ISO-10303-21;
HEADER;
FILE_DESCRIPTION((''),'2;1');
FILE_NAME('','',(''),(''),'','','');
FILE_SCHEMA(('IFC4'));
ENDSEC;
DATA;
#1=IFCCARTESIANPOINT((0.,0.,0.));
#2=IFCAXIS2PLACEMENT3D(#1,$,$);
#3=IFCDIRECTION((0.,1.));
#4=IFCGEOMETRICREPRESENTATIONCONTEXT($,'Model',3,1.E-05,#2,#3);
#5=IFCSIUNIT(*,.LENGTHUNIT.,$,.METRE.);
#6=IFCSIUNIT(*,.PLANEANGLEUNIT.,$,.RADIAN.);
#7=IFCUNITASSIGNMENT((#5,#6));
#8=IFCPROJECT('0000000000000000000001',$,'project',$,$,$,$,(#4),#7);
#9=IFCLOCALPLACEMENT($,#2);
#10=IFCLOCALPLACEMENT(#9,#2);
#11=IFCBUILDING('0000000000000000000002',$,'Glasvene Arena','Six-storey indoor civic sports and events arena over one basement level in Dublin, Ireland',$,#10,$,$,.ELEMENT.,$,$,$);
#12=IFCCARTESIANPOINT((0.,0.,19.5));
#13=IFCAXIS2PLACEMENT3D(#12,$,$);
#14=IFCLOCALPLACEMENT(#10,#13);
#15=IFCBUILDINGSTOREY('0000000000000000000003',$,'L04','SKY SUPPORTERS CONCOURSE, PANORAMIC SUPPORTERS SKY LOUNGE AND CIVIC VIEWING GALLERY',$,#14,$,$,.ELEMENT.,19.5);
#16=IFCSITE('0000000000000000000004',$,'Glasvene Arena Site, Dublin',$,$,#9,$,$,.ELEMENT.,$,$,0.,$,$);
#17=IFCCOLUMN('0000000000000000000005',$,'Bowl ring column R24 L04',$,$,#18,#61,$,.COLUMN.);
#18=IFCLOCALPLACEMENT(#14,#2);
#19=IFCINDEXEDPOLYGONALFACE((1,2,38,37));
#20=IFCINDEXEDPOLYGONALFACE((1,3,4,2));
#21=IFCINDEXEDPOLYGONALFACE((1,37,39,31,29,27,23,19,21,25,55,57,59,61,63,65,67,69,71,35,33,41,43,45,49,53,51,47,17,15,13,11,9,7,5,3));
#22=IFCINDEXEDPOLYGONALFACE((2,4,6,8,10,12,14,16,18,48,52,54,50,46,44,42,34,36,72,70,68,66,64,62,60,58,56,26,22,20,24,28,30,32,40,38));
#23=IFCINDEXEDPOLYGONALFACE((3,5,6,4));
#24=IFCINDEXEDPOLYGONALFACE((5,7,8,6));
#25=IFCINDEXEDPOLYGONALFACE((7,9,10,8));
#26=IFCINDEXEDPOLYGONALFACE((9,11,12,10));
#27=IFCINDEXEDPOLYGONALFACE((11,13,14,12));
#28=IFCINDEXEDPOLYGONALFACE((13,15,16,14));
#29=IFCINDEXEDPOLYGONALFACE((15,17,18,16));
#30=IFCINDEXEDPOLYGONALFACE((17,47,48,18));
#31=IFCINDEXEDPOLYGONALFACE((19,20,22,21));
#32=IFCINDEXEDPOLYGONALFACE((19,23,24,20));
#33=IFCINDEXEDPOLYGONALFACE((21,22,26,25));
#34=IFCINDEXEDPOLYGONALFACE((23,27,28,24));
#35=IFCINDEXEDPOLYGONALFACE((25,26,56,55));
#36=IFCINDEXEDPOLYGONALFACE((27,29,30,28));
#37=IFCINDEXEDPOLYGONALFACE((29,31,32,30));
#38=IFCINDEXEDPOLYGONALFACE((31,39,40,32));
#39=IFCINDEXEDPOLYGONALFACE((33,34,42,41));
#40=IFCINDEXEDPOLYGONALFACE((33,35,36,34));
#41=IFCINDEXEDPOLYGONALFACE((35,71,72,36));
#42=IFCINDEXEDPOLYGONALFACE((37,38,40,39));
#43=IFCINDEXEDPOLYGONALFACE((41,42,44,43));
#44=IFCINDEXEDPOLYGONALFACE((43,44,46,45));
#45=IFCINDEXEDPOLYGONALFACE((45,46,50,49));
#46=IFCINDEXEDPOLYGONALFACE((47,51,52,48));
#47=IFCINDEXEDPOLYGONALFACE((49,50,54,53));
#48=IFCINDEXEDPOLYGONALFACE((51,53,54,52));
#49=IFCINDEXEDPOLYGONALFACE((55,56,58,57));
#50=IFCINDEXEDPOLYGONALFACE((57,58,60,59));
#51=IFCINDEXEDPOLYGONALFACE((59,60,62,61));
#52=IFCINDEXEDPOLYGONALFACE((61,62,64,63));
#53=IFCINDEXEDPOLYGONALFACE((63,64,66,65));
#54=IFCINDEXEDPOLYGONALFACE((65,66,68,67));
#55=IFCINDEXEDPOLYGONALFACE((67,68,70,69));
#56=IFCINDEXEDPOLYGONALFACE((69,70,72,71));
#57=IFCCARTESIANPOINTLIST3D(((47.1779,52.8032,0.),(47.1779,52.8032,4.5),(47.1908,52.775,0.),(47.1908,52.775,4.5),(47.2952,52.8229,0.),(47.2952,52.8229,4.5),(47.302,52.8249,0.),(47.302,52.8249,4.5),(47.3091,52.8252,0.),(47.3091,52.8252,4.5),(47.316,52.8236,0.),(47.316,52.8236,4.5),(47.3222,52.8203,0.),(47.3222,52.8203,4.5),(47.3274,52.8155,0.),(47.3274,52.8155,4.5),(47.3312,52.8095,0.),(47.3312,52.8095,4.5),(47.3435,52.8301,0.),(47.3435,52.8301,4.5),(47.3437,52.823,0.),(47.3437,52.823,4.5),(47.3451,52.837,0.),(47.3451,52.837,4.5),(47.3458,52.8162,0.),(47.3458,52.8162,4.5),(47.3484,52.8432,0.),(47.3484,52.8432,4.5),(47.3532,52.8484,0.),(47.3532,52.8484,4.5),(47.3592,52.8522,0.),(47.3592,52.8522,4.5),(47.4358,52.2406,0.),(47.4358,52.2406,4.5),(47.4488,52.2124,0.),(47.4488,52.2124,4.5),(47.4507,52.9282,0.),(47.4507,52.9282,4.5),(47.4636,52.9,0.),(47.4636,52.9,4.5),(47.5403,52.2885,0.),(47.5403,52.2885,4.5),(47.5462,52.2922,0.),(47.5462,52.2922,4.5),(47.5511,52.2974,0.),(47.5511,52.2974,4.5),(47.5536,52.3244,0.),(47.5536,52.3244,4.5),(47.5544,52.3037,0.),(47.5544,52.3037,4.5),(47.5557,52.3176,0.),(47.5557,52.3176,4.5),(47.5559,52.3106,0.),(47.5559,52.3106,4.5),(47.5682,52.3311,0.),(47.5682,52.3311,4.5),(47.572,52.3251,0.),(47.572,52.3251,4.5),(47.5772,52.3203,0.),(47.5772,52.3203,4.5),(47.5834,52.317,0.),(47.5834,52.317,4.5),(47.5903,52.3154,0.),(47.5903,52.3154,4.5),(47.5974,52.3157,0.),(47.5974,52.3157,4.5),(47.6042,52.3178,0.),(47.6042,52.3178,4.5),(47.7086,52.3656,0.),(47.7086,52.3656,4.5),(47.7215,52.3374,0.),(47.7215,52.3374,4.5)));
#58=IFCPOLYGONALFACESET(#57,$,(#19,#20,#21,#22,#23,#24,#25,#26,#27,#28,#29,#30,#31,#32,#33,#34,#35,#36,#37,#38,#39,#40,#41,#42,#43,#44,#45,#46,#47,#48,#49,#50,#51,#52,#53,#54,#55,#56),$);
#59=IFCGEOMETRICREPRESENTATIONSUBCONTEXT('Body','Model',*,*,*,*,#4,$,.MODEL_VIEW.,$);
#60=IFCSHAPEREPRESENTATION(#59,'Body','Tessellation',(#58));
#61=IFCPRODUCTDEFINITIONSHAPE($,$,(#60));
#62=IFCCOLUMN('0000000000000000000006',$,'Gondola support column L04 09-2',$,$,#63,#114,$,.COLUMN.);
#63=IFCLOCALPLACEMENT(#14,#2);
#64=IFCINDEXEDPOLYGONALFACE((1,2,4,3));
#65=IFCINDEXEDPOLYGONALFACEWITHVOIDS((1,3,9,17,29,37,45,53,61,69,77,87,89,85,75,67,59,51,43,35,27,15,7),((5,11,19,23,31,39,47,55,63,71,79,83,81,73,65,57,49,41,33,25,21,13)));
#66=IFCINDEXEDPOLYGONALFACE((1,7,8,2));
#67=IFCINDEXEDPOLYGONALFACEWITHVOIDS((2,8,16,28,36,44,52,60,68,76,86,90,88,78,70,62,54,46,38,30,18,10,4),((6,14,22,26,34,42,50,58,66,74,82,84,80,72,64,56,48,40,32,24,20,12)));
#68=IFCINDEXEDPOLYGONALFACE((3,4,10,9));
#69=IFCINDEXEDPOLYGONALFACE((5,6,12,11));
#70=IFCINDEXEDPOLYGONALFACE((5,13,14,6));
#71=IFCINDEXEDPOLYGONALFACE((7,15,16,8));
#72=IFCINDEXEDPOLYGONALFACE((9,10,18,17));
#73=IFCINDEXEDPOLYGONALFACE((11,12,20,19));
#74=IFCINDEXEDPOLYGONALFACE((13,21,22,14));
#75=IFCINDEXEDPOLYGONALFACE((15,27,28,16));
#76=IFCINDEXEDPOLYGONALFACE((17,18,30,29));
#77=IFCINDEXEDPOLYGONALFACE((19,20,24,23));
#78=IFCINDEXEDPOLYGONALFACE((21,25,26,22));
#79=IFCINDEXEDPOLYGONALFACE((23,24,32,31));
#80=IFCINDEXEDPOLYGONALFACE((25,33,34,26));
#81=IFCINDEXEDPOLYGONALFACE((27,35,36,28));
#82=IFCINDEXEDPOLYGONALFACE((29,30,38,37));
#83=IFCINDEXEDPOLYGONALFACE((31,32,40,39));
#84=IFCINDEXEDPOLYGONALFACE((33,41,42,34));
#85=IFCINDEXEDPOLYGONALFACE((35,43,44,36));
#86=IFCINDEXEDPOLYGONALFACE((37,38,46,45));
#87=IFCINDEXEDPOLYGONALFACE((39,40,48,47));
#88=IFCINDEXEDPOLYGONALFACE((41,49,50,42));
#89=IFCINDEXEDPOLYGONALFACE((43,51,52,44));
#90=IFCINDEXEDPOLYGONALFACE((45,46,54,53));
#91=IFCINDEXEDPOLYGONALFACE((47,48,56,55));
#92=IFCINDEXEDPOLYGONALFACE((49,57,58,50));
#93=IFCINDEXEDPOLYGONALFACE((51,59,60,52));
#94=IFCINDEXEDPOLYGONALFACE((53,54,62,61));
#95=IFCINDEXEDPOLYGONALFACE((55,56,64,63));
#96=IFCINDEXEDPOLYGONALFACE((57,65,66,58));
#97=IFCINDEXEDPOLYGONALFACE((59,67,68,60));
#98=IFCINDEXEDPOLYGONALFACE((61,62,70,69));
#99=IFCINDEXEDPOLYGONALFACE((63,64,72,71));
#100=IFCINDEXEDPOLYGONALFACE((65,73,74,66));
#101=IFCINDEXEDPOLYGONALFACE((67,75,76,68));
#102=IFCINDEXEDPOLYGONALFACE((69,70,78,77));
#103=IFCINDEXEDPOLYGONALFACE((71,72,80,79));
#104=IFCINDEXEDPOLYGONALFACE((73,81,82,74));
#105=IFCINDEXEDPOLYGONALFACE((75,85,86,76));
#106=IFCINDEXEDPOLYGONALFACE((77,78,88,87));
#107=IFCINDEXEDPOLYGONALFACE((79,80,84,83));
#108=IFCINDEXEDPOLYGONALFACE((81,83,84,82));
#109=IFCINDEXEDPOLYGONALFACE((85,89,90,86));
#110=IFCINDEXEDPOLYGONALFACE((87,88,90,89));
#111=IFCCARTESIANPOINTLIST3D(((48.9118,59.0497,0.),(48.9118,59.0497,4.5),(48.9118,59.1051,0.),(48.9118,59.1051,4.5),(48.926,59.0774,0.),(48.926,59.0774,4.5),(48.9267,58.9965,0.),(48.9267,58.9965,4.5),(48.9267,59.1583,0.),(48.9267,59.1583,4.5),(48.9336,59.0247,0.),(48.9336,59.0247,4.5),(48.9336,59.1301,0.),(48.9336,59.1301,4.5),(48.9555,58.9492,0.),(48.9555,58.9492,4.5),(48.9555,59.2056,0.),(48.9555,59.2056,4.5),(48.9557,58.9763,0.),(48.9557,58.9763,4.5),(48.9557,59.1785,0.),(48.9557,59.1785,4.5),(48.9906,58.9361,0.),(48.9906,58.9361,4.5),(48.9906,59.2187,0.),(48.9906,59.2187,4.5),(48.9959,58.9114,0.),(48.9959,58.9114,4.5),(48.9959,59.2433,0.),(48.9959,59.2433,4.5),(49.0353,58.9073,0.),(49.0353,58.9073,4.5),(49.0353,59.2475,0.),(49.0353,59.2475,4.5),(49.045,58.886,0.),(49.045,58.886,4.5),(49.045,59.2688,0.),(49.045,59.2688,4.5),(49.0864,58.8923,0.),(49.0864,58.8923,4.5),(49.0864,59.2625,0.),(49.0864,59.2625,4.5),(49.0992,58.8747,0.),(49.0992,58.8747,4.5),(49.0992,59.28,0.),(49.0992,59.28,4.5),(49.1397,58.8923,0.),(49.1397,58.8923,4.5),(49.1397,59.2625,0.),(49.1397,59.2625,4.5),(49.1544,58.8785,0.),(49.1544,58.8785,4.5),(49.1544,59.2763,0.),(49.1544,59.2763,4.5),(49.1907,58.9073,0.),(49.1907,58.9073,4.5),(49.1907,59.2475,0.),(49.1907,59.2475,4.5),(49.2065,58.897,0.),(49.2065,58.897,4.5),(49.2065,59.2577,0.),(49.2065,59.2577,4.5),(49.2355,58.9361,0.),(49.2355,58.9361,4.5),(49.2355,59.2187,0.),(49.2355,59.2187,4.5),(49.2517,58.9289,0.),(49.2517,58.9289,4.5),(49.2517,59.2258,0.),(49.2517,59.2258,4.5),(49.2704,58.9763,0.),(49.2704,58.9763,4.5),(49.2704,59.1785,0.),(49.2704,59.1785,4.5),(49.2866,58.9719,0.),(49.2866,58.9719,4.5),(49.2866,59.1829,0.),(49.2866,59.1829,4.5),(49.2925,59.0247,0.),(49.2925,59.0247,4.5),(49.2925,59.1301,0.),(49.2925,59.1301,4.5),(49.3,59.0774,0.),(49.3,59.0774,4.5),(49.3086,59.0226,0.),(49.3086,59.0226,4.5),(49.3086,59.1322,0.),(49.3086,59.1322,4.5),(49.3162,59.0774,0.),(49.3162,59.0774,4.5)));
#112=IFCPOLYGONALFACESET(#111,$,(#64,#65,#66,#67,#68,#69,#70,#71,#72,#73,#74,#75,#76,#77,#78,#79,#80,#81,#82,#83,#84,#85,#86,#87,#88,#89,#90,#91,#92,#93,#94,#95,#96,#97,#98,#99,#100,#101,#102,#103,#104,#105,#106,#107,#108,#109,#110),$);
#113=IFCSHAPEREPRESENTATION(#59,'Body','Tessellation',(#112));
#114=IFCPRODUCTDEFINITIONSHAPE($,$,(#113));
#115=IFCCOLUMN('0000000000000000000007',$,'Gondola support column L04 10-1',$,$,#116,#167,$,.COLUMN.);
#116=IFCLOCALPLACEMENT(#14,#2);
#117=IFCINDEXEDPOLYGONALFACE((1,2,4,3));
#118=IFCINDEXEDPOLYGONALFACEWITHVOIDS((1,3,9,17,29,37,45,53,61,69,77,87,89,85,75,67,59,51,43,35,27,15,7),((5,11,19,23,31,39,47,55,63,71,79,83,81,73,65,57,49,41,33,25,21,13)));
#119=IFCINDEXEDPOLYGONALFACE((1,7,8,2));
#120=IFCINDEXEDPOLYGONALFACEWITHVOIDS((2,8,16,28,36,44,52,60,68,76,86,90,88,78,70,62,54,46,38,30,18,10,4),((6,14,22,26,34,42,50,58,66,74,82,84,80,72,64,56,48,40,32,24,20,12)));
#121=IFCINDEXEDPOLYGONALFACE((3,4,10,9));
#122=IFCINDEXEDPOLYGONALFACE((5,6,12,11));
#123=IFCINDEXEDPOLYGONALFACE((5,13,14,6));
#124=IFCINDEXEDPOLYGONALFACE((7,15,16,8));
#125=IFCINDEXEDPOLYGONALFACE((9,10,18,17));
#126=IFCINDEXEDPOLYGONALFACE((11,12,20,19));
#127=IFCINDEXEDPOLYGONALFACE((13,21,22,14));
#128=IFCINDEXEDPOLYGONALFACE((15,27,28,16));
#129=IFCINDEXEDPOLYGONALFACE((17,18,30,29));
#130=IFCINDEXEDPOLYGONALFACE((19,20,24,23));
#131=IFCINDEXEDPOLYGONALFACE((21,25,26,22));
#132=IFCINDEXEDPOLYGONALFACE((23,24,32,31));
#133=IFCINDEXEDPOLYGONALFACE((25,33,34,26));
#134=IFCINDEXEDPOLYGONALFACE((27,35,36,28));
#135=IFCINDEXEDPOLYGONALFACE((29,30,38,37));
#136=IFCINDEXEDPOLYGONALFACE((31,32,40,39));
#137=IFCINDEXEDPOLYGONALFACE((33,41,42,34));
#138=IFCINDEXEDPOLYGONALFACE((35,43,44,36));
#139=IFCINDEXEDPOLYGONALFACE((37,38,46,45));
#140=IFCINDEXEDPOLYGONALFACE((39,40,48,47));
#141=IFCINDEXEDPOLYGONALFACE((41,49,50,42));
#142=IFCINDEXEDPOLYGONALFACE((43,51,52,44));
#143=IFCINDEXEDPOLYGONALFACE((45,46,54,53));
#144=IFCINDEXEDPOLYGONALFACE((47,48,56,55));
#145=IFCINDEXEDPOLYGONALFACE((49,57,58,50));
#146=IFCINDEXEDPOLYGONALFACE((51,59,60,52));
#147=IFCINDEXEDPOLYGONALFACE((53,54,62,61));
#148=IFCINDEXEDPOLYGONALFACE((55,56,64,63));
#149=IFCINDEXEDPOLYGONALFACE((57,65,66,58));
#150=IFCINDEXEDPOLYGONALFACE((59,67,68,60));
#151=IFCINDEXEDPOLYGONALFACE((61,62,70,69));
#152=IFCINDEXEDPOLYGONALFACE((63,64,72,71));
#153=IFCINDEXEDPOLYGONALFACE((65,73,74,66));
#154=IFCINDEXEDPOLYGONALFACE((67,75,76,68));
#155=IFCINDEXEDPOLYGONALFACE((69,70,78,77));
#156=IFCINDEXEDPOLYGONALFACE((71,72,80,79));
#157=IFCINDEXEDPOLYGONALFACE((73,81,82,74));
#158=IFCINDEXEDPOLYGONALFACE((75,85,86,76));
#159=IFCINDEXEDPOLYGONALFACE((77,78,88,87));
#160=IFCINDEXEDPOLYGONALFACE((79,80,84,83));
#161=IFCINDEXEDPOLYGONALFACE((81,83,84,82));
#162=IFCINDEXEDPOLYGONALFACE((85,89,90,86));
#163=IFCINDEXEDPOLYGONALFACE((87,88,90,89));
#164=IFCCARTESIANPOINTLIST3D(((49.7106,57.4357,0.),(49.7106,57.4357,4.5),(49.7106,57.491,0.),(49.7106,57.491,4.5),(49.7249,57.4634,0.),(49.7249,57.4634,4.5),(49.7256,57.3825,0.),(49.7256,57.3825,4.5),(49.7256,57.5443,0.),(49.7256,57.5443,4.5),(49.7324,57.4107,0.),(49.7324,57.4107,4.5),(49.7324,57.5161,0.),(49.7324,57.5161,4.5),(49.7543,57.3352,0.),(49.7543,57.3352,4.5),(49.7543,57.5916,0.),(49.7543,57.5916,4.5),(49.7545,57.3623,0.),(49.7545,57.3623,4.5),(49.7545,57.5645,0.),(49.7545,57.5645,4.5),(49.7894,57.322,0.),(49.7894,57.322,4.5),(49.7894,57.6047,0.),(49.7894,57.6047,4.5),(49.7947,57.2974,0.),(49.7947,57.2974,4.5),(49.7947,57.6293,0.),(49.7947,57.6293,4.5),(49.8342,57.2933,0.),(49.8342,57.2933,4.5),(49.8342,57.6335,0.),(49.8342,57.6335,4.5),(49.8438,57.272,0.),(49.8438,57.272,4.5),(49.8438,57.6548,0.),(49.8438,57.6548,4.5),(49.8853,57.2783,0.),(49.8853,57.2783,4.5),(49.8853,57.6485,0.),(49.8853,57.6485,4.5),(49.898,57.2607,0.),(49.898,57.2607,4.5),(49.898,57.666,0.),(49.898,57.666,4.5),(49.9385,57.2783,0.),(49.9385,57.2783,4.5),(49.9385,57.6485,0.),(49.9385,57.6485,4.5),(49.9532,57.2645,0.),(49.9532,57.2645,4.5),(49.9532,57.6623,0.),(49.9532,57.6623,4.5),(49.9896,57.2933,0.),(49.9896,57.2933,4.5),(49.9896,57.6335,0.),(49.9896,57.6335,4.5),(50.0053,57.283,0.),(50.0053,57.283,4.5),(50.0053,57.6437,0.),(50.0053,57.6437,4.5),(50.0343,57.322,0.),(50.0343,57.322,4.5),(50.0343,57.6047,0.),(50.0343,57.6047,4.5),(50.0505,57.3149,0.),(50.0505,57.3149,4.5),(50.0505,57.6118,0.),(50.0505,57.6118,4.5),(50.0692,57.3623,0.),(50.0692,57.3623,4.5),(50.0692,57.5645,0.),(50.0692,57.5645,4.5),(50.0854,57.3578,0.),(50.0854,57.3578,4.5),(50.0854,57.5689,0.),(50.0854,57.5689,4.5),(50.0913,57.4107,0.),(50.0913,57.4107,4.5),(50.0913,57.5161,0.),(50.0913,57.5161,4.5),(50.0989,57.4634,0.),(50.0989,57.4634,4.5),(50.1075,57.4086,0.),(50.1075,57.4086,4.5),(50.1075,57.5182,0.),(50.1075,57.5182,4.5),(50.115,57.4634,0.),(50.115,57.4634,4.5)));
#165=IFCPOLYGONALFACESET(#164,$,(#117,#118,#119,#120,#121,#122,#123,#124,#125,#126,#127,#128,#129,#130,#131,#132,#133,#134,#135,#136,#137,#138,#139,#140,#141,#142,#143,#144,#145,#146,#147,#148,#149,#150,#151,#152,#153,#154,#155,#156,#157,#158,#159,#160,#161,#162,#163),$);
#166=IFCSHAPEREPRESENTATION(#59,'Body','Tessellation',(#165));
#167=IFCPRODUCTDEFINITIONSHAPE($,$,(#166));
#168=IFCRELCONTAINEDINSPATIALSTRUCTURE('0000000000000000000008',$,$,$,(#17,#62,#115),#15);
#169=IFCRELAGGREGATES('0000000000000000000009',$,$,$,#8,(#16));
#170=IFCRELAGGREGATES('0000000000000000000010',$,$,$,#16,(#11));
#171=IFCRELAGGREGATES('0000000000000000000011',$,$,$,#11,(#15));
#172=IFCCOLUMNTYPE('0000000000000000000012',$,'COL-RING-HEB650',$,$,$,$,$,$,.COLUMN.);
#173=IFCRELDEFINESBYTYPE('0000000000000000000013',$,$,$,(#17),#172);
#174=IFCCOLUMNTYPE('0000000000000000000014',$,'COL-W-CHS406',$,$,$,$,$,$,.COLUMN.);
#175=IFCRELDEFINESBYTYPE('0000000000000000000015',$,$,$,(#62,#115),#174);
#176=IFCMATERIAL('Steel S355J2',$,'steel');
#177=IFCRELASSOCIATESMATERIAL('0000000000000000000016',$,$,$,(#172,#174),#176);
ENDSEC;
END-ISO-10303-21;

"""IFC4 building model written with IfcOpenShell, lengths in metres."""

from ifc_helpers import new_model, si_unit, direction, frame, origin, origin_2d, place, context, subcontext, project, spatial, hollow_circle, i_section, extrude, material, material_profile, profile_set, type_object, element, save


model = new_model("IFC4")

# Units and contexts
model_context = context("Model", 3, precision=1e-05, world=origin(), true_north=direction((0.0, 1.0)))
body_context = subcontext(model_context, "Body", "Model", "MODEL_VIEW")
ifc_project = project(units=[si_unit("LENGTHUNIT", "METRE"), si_unit("PLANEANGLEUNIT", "RADIAN")], contexts=[model_context])

# Site, building, storey
site_placement = place(None, origin())
site = spatial("IfcSite", under=ifc_project, at=site_placement, Name="Glasvene Arena Site, Dublin", CompositionType="ELEMENT", RefElevation=0.0)
building_placement = place(site_placement, origin())
building = spatial("IfcBuilding", under=site, at=building_placement, Name="Glasvene Arena", Description="Six-storey indoor civic sports and events arena over one basement level in Dublin, Ireland", CompositionType="ELEMENT")
storey_placement = place(building_placement, frame((0.0, 0.0, 19.5)))
storey = spatial("IfcBuildingStorey", under=building, at=storey_placement, Name="L04", Description="SKY SUPPORTERS CONCOURSE, PANORAMIC SUPPORTERS SKY LOUNGE AND CIVIC VIEWING GALLERY", CompositionType="ELEMENT", Elevation=19.5)

# Columns
ifc_material_1 = material(Name="Steel S355J2", Category="steel")
ifc_material_profile_1 = material_profile(ifc_material_1, i_section(OverallWidth=0.3, OverallDepth=0.6499, WebThickness=0.0161, FlangeThickness=0.031, FilletRadius=0.0271, at=origin_2d()), Name="HEB 650")
ifc_profile_set_1 = profile_set([ifc_material_profile_1], Name="Steel S355J2")
column_type_1 = type_object("IfcColumnType", Name="COL-RING-HEB650", PredefinedType="COLUMN", material=ifc_profile_set_1)
column_placement = place(storey_placement, frame((47.4497, 52.5703, 0.0), z_axis=(0.0, 0.0, 1.0), x_axis=(-0.909018, -0.416757, 0.0)))
element("IfcColumn", 1, at=column_placement, inside=storey, type_object=column_type_1, Name="Bowl ring column R24 L04", PredefinedType="COLUMN", context=body_context, shape_type="SweptSolid", body=[
    extrude(i_section(OverallWidth=0.3, OverallDepth=0.6499, WebThickness=0.0161, FlangeThickness=0.031, FilletRadius=0.0271, at=origin_2d()), origin(), (0.0, 0.0, 1.0), 4.5),
])
ifc_material_profile_2 = material_profile(ifc_material_1, hollow_circle(Radius=0.2031, WallThickness=0.0161, at=origin_2d()), Name="CHS 406.4x16.0")
ifc_profile_set_2 = profile_set([ifc_material_profile_2], Name="Steel S355J2")
column_type_2 = type_object("IfcColumnType", Name="COL-W-CHS406", PredefinedType="COLUMN", material=ifc_profile_set_2)
for number, where, z_axis, x_axis, name in (
    (2, (49.113, 59.0774, 0.0), (0.0, 0.0, 1.0), (1.0, 0.0, 0.0), "Gondola support column L04 09-2"),
    (3, (49.9119, 57.4634, 0.0), (0.0, 0.0, 1.0), (1.0, 0.0, 0.0), "Gondola support column L04 10-1"),
):
    element("IfcColumn", number, at=place(storey_placement, frame(where, z_axis=z_axis, x_axis=x_axis)), inside=storey, type_object=column_type_2, Name=name, PredefinedType="COLUMN", context=body_context, shape_type="SweptSolid", body=[
        extrude(hollow_circle(Radius=0.2031, WallThickness=0.0161, at=origin_2d()), origin(), (0.0, 0.0, 1.0), 4.5),
    ])

save(model, "model.ifc")
